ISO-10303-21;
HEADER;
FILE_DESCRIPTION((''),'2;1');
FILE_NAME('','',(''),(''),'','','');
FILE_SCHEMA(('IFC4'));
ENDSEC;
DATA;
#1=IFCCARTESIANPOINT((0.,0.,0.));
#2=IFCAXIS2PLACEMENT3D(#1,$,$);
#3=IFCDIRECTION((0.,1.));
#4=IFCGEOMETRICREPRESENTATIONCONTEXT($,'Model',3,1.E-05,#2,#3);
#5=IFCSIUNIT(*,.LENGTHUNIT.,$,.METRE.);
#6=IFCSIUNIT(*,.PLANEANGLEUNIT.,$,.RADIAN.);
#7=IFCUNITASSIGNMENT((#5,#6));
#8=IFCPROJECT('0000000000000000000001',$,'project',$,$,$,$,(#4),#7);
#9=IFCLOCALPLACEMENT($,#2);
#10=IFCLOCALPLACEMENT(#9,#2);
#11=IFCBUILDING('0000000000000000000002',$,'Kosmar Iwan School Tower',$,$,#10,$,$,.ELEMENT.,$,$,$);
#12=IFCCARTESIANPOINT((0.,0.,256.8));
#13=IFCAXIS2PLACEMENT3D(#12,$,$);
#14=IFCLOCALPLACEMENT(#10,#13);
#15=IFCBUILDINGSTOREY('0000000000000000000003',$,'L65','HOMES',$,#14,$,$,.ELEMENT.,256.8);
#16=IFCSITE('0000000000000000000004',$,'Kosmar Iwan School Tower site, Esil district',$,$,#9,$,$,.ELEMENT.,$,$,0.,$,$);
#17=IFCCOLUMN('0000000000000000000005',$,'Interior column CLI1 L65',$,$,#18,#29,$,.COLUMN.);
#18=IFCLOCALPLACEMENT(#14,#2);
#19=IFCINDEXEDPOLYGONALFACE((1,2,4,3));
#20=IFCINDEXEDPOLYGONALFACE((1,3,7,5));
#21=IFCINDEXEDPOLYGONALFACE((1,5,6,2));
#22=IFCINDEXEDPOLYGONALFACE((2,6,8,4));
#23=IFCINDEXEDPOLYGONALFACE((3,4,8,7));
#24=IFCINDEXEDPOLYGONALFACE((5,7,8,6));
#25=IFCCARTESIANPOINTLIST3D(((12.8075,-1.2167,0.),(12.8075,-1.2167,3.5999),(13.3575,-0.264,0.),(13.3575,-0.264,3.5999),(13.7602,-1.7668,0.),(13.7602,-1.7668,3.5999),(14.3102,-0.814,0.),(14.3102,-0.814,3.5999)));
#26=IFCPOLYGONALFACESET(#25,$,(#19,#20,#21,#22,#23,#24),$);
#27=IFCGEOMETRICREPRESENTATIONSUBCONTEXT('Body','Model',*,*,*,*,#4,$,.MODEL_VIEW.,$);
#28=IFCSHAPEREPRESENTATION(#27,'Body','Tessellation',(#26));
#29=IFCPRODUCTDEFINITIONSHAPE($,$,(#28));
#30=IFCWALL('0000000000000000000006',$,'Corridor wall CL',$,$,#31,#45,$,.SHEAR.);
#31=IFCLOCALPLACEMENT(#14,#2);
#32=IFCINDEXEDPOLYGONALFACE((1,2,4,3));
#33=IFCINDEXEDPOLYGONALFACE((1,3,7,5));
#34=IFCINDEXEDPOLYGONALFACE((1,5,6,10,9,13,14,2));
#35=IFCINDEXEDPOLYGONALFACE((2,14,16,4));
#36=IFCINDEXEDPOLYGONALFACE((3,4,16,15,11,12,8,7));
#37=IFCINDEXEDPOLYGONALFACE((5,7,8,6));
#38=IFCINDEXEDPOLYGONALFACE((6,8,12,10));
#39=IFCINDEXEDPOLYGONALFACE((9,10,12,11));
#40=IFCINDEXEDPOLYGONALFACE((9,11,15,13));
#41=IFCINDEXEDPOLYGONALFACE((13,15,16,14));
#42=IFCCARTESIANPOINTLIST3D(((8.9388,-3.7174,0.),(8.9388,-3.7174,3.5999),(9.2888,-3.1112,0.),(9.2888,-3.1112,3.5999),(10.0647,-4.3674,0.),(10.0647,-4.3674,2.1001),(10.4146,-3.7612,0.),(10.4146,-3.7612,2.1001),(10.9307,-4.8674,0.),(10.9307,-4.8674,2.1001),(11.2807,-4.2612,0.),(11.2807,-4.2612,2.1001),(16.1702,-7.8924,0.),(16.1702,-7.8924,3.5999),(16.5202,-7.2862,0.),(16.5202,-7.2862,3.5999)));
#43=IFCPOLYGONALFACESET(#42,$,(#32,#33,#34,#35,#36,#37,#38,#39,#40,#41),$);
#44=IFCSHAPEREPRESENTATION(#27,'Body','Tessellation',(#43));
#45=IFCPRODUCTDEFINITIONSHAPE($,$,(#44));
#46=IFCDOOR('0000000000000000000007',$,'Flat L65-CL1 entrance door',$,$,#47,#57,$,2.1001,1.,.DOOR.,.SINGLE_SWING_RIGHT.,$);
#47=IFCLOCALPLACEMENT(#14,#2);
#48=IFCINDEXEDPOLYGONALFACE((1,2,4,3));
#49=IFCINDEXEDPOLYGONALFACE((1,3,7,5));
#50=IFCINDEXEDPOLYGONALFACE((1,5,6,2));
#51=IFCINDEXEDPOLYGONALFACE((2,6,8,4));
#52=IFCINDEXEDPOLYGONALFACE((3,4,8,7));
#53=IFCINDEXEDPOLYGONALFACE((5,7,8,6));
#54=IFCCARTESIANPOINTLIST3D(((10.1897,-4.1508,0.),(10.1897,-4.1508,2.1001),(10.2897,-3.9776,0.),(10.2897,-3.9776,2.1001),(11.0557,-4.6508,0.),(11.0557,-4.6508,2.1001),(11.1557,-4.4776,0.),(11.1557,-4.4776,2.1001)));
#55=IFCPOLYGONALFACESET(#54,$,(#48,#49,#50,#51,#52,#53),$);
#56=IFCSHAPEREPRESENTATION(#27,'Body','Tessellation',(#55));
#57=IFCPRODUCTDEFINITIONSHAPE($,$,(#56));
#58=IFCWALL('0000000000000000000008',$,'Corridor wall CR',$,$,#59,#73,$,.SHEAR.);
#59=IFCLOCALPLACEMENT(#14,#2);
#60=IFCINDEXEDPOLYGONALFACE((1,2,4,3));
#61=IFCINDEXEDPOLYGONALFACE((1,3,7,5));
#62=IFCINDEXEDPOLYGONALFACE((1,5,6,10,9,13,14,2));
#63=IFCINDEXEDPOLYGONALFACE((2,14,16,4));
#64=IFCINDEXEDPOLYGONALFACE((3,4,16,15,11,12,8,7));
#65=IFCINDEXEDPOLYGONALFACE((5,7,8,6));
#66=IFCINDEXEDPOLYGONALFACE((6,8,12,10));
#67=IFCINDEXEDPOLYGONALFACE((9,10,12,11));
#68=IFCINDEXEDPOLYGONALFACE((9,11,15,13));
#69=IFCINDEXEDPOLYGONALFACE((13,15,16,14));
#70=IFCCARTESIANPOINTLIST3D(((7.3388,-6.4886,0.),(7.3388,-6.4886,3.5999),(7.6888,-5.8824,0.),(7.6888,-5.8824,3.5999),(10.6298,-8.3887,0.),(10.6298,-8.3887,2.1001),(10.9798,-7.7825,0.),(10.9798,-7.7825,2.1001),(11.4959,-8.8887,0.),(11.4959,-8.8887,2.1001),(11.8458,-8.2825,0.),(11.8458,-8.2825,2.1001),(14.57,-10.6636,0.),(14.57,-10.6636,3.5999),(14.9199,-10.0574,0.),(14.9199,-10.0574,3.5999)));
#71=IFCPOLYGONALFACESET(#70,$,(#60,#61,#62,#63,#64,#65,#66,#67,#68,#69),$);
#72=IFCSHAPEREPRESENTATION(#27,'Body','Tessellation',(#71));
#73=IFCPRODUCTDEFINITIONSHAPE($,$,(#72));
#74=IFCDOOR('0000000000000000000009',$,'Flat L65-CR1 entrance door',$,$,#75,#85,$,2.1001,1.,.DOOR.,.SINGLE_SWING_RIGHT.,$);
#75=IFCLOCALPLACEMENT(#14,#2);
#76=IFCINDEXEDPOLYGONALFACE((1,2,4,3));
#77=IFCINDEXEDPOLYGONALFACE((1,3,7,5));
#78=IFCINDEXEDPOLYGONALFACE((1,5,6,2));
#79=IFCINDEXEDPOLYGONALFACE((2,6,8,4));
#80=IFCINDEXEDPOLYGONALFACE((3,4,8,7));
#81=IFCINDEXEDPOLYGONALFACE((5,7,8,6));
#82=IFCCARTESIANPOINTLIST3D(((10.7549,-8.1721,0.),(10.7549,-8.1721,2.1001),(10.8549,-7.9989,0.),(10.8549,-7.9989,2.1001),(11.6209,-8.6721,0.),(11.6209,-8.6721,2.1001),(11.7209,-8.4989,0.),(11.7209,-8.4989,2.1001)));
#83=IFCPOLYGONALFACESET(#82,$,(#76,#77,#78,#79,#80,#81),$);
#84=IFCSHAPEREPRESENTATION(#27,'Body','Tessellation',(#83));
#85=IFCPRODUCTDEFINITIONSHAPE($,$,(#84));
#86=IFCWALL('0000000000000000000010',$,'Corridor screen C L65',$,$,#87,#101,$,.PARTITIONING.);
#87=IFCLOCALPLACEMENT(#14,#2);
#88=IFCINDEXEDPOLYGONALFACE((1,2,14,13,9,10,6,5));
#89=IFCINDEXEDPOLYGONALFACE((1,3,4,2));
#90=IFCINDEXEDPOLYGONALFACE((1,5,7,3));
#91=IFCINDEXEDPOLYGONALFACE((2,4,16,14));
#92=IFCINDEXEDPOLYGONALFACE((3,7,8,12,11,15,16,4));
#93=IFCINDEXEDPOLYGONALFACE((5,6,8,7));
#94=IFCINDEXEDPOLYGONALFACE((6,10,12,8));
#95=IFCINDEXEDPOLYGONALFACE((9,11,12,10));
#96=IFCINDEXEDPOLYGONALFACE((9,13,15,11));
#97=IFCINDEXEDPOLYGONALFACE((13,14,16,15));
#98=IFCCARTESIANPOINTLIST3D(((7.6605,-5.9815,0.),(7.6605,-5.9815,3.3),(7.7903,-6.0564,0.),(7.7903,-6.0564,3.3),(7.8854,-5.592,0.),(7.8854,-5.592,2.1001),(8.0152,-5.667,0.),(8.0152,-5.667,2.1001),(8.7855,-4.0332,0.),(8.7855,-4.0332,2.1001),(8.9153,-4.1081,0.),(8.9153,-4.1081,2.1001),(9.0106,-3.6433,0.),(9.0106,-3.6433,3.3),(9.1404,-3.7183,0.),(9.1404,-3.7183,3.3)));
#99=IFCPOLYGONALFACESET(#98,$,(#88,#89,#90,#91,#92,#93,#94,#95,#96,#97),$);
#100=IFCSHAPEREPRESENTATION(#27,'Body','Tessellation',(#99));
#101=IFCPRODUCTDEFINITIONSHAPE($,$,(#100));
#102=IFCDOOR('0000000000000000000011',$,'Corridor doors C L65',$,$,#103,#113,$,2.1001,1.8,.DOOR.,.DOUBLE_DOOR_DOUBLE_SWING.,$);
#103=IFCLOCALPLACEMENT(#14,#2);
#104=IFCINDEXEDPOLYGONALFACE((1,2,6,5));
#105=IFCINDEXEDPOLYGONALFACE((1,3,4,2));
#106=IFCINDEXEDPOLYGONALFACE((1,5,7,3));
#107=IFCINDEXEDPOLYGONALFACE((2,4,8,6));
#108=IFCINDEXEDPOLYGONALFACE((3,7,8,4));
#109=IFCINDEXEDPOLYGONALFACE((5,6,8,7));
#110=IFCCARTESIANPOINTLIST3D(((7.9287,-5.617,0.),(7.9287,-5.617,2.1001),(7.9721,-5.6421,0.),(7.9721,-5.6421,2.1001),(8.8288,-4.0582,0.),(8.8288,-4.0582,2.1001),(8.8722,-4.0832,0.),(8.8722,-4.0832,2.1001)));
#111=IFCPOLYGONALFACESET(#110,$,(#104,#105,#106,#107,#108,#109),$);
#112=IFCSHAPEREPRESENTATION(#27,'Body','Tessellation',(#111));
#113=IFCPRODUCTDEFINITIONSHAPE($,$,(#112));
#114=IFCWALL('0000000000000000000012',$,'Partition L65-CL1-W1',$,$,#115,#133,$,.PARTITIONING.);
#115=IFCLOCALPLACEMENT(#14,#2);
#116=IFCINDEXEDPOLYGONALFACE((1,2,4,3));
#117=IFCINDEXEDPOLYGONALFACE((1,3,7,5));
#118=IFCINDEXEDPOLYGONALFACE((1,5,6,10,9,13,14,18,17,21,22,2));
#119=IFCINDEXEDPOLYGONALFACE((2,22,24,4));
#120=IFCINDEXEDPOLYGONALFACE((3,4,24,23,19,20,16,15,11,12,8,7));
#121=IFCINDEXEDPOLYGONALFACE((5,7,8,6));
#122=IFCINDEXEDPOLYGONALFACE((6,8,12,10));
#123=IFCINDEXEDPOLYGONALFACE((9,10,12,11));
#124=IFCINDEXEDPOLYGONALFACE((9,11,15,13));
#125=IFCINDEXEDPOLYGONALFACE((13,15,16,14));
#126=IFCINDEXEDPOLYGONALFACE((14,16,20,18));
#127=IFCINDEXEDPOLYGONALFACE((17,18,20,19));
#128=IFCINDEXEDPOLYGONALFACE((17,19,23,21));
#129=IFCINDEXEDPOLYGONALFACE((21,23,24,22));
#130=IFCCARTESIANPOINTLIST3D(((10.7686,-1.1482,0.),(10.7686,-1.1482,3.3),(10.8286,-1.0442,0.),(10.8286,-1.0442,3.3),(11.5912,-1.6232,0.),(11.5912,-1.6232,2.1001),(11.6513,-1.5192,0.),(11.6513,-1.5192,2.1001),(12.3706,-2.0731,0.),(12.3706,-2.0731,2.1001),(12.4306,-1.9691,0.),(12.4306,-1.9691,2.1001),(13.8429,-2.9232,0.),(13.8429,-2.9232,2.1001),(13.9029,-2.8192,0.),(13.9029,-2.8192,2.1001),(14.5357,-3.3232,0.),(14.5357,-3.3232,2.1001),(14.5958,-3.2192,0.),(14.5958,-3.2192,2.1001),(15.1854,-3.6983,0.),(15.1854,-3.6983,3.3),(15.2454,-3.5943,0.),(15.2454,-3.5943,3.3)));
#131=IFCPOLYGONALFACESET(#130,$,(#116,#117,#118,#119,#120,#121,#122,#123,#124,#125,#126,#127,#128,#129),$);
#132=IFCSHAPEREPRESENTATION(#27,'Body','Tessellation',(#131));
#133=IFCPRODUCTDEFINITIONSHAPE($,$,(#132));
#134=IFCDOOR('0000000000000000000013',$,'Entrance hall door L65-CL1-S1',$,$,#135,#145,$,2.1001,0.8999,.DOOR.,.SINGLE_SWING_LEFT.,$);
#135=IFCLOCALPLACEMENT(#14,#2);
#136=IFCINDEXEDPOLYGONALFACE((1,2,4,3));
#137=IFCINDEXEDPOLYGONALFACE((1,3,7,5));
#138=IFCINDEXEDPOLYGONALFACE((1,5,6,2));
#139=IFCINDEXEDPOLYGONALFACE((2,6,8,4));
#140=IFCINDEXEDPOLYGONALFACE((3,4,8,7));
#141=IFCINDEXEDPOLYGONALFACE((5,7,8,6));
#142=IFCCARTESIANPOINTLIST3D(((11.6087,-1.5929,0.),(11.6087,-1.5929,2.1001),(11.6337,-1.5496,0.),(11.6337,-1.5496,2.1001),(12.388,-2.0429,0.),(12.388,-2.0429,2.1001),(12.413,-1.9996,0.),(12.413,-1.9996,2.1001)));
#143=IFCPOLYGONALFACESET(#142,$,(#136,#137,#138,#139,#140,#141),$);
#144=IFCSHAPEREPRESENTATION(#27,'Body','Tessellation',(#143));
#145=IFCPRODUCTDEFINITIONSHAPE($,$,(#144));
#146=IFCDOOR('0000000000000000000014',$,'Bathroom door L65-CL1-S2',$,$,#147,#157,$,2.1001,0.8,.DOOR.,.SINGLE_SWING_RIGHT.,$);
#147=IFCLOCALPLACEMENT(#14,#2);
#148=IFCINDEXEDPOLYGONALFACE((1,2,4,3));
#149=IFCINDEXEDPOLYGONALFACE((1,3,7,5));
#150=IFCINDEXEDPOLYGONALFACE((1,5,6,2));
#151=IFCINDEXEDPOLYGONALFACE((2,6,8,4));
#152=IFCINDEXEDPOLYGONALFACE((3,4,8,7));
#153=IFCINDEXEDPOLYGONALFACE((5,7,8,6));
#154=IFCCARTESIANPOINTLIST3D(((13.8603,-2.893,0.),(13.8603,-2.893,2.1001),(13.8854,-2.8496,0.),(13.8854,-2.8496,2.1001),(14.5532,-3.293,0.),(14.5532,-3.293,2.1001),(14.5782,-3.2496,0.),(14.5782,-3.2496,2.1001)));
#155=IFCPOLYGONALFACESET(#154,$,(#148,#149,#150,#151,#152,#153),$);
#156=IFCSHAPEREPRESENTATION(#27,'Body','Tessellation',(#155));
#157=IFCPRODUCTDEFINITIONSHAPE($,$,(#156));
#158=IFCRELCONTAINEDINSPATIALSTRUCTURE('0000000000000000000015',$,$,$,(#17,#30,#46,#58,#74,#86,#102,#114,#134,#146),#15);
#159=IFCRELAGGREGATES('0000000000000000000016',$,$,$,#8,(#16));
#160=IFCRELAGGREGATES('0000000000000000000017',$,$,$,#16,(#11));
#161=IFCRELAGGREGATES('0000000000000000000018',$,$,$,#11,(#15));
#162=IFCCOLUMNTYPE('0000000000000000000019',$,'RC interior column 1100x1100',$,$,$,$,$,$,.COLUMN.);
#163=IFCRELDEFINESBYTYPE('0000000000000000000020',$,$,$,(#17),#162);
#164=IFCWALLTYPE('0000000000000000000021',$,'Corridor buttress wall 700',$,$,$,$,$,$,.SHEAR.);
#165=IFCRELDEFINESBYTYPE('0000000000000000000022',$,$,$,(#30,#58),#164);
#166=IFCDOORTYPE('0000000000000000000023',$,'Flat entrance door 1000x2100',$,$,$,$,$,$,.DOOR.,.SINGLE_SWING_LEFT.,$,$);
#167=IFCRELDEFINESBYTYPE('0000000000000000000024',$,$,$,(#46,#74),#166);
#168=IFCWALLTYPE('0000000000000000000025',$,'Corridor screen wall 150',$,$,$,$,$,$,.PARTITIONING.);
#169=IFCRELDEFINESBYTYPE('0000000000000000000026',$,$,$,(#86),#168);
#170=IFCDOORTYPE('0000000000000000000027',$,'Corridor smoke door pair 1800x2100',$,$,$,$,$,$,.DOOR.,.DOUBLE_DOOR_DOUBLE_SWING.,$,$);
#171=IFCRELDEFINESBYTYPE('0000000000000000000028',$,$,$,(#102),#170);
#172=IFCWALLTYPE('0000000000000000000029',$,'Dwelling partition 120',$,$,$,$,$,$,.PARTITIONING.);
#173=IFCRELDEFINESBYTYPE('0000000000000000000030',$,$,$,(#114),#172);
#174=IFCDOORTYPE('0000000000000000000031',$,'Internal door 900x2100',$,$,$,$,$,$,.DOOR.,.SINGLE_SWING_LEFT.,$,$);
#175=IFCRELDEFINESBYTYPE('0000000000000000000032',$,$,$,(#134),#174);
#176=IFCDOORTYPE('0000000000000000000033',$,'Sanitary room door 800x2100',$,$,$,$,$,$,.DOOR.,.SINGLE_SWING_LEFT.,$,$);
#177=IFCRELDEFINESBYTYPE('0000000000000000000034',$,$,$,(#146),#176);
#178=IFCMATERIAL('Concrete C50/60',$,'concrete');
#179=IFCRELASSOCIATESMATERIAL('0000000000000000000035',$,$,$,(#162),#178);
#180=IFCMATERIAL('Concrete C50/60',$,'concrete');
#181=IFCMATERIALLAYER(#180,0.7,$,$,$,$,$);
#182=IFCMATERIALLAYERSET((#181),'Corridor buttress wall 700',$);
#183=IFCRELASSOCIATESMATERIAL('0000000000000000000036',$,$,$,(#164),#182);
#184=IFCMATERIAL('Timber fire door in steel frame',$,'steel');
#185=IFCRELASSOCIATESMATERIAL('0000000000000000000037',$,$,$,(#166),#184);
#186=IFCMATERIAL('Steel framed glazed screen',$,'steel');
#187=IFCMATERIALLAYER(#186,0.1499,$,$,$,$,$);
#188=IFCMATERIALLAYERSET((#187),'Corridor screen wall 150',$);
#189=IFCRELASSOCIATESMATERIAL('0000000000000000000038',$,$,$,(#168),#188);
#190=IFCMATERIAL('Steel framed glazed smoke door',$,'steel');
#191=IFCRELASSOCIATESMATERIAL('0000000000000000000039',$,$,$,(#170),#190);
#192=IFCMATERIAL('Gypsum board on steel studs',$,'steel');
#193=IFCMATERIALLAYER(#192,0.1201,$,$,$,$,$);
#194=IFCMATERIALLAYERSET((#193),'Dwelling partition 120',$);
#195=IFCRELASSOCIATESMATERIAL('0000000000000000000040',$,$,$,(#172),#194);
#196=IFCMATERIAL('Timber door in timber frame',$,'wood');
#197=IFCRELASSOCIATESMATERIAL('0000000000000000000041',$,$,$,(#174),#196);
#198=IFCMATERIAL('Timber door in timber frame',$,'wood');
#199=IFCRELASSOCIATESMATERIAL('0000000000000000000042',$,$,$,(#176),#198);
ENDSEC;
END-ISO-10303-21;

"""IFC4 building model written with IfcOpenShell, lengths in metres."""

from ifc_helpers import new_model, si_unit, direction, frame, frame_2d, origin, origin_2d, place, context, subcontext, project, spatial, rectangle, extrude, material, layer, layer_set, material_profile, profile_set, type_object, element, fill, save


model = new_model("IFC4")

# Units and contexts
model_context = context("Model", 3, precision=1e-05, world=origin(), true_north=direction((0.0, 1.0)))
body_context = subcontext(model_context, "Body", "Model", "MODEL_VIEW")
ifc_project = project(units=[si_unit("LENGTHUNIT", "METRE"), si_unit("PLANEANGLEUNIT", "RADIAN")], contexts=[model_context])

# Site, building, storey
site_placement = place(None, origin())
site = spatial("IfcSite", under=ifc_project, at=site_placement, Name="Kosmar Iwan School Tower site, Esil district", CompositionType="ELEMENT", RefElevation=0.0)
building_placement = place(site_placement, origin())
building = spatial("IfcBuilding", under=site, at=building_placement, Name="Kosmar Iwan School Tower", CompositionType="ELEMENT")
storey_placement = place(building_placement, frame((0.0, 0.0, 256.8)))
storey = spatial("IfcBuildingStorey", under=building, at=storey_placement, Name="L65", Description="HOMES", CompositionType="ELEMENT", Elevation=256.8)

# Column
ifc_material_1 = material(Name="Concrete C50/60", Category="concrete")
ifc_material_profile = material_profile(ifc_material_1, rectangle(XDim=1.1001, YDim=1.1001, at=origin_2d()), Name="RC 1100x1100")
ifc_profile_set = profile_set([ifc_material_profile], Name="Concrete C50/60")
column_type = type_object("IfcColumnType", Name="RC interior column 1100x1100", PredefinedType="COLUMN", material=ifc_profile_set)
column_placement = place(storey_placement, frame((13.5588, -1.0154, 0.0), z_axis=(0.0, 0.0, 1.0), x_axis=(0.866025, -0.5, 0.0)))
element("IfcColumn", 1, at=column_placement, inside=storey, type_object=column_type, Name="Interior column CLI1 L65", PredefinedType="COLUMN", context=body_context, shape_type="SweptSolid", body=[
    extrude(rectangle(XDim=1.1001, YDim=1.1001, at=origin_2d()), origin(), (0.0, 0.0, 1.0), 3.5999),
])

# Walls, openings, doors
ifc_material_2 = material(Name="Concrete C50/60", Category="concrete")
ifc_layer_1 = layer(ifc_material_2, 0.7)
ifc_layer_set_1 = layer_set([ifc_layer_1], Name="Corridor buttress wall 700")
wall_type_1 = type_object("IfcWallType", Name="Corridor buttress wall 700", PredefinedType="SHEAR", material=ifc_layer_set_1)
wall_1_placement = place(storey_placement, frame((9.1138, -3.4143, 0.0), z_axis=(0.0, 0.0, 1.0), x_axis=(0.866027, -0.499997, 0.0)))
wall_1 = element("IfcWall", 2, at=wall_1_placement, inside=storey, type_object=wall_type_1, Name="Corridor wall CL", PredefinedType="SHEAR", context=body_context, shape_type="SweptSolid", body=[
    extrude(rectangle(XDim=8.3501, YDim=0.7, at=frame_2d((4.175, 0.0))), origin(), (0.0, 0.0, 1.0), 3.5999),
])
opening_1_placement = place(wall_1_placement, frame((1.3, 0.0, 0.0)))
opening_1 = element("IfcOpeningElement", 3, at=opening_1_placement, cuts=wall_1, PredefinedType="OPENING", context=body_context, shape_type="SweptSolid", body=[
    extrude(rectangle(XDim=1.0, YDim=2.1001, at=frame_2d((0.5, 1.05))), frame((0.0, 0.3621, 0.0), z_axis=(0.0, -1.0, 0.0), x_axis=(1.0, 0.0, 0.0)), (0.0, 0.0, 1.0), 0.7239),
])
ifc_material_3 = material(Name="Timber fire door in steel frame", Category="steel")
door_type_1 = type_object("IfcDoorType", Name="Flat entrance door 1000x2100", OperationType="SINGLE_SWING_LEFT", PredefinedType="DOOR", material=ifc_material_3)
door_1_placement = place(opening_1_placement, origin())
door_1 = element("IfcDoor", 4, at=door_1_placement, inside=storey, type_object=door_type_1, Name="Flat L65-CL1 entrance door", OperationType="SINGLE_SWING_RIGHT", OverallHeight=2.1001, OverallWidth=1.0, PredefinedType="DOOR", context=body_context, shape_type="SweptSolid", body=[
    extrude(rectangle(XDim=1.0, YDim=2.1001, at=frame_2d((0.5, 1.05))), frame((0.0, 0.1001, 0.0), z_axis=(0.0, -1.0, 0.0), x_axis=(1.0, 0.0, 0.0)), (0.0, 0.0, 1.0), 0.2),
])
fill(opening_1, door_1)
wall_2_placement = place(storey_placement, frame((7.5139, -6.1855, 0.0), z_axis=(0.0, 0.0, 1.0), x_axis=(0.86602, -0.50001, 0.0)))
wall_2 = element("IfcWall", 5, at=wall_2_placement, inside=storey, type_object=wall_type_1, Name="Corridor wall CR", PredefinedType="SHEAR", context=body_context, shape_type="SweptSolid", body=[
    extrude(rectangle(XDim=8.3499, YDim=0.7, at=frame_2d((4.1748, 0.0))), origin(), (0.0, 0.0, 1.0), 3.5999),
])
opening_2_placement = place(wall_2_placement, frame((3.8, 0.0, 0.0)))
opening_2 = element("IfcOpeningElement", 6, at=opening_2_placement, cuts=wall_2, PredefinedType="OPENING", context=body_context, shape_type="SweptSolid", body=[
    extrude(rectangle(XDim=1.0, YDim=2.1001, at=frame_2d((0.5, 1.05))), frame((0.0, 0.3621, 0.0), z_axis=(0.0, -1.0, 0.0), x_axis=(1.0, 0.0, 0.0)), (0.0, 0.0, 1.0), 0.7239),
])
door_2_placement = place(opening_2_placement, origin())
door_2 = element("IfcDoor", 7, at=door_2_placement, inside=storey, type_object=door_type_1, Name="Flat L65-CR1 entrance door", OperationType="SINGLE_SWING_RIGHT", OverallHeight=2.1001, OverallWidth=1.0, PredefinedType="DOOR", context=body_context, shape_type="SweptSolid", body=[
    extrude(rectangle(XDim=1.0, YDim=2.1001, at=frame_2d((0.5, 1.05))), frame((0.0, 0.1001, 0.0), z_axis=(0.0, -1.0, 0.0), x_axis=(1.0, 0.0, 0.0)), (0.0, 0.0, 1.0), 0.2),
])
fill(opening_2, door_2)
ifc_material_4 = material(Name="Steel framed glazed screen", Category="steel")
ifc_layer_2 = layer(ifc_material_4, 0.1499)
ifc_layer_set_2 = layer_set([ifc_layer_2], Name="Corridor screen wall 150")
wall_type_2 = type_object("IfcWallType", Name="Corridor screen wall 150", PredefinedType="PARTITIONING", material=ifc_layer_set_2)
wall_3_placement = place(storey_placement, frame((7.7253, -6.019, 0.0), z_axis=(0.0, 0.0, 1.0), x_axis=(0.500049, 0.865997, 0.0)))
wall_3 = element("IfcWall", 8, at=wall_3_placement, inside=storey, type_object=wall_type_2, Name="Corridor screen C L65", PredefinedType="PARTITIONING", context=body_context, shape_type="SweptSolid", body=[
    extrude(rectangle(XDim=2.7, YDim=0.1499, at=frame_2d((1.3501, 0.0))), origin(), (0.0, 0.0, 1.0), 3.3),
])
opening_3_placement = place(wall_3_placement, frame((0.45, 0.0, 0.0)))
opening_3 = element("IfcOpeningElement", 9, at=opening_3_placement, cuts=wall_3, PredefinedType="OPENING", context=body_context, shape_type="SweptSolid", body=[
    extrude(rectangle(XDim=1.8, YDim=2.1001, at=frame_2d((0.8999, 1.05))), frame((0.0, 0.0869, 0.0), z_axis=(0.0, -1.0, 0.0), x_axis=(1.0, 0.0, 0.0)), (0.0, 0.0, 1.0), 0.1738),
])
ifc_material_5 = material(Name="Steel framed glazed smoke door", Category="steel")
door_type_2 = type_object("IfcDoorType", Name="Corridor smoke door pair 1800x2100", OperationType="DOUBLE_DOOR_DOUBLE_SWING", PredefinedType="DOOR", material=ifc_material_5)
door_3_placement = place(opening_3_placement, origin())
door_3 = element("IfcDoor", 10, at=door_3_placement, inside=storey, type_object=door_type_2, Name="Corridor doors C L65", OperationType="DOUBLE_DOOR_DOUBLE_SWING", OverallHeight=2.1001, OverallWidth=1.8, PredefinedType="DOOR", context=body_context, shape_type="SweptSolid", body=[
    extrude(rectangle(XDim=1.8, YDim=2.1001, at=frame_2d((0.8999, 1.05))), frame((0.0, 0.0249, 0.0), z_axis=(0.0, -1.0, 0.0), x_axis=(1.0, 0.0, 0.0)), (0.0, 0.0, 1.0), 0.05),
])
fill(opening_3, door_3)

# Wall, openings, doors
ifc_material_6 = material(Name="Gypsum board on steel studs", Category="steel")
ifc_layer_3 = layer(ifc_material_6, 0.1201)
ifc_layer_set_3 = layer_set([ifc_layer_3], Name="Dwelling partition 120")
wall_type_3 = type_object("IfcWallType", Name="Dwelling partition 120", PredefinedType="PARTITIONING", material=ifc_layer_set_3)
wall_4_placement = place(storey_placement, frame((10.7986, -1.0962, 0.0), z_axis=(0.0, 0.0, 1.0), x_axis=(0.866022, -0.500006, 0.0)))
wall_4 = element("IfcWall", 11, at=wall_4_placement, inside=storey, type_object=wall_type_3, Name="Partition L65-CL1-W1", PredefinedType="PARTITIONING", context=body_context, shape_type="SweptSolid", body=[
    extrude(rectangle(XDim=5.1001, YDim=0.1201, at=frame_2d((2.55, 0.0))), origin(), (0.0, 0.0, 1.0), 3.3),
])
opening_4_placement = place(wall_4_placement, frame((0.95, 0.0, 0.0)))
opening_4 = element("IfcOpeningElement", 12, at=opening_4_placement, cuts=wall_4, PredefinedType="OPENING", context=body_context, shape_type="SweptSolid", body=[
    extrude(rectangle(XDim=0.8999, YDim=2.1001, at=frame_2d((0.45, 1.05))), frame((0.0, 0.072, 0.0), z_axis=(0.0, -1.0, 0.0), x_axis=(1.0, 0.0, 0.0)), (0.0, 0.0, 1.0), 0.144),
])
opening_5_placement = place(wall_4_placement, frame((3.55, 0.0, 0.0)))
opening_5 = element("IfcOpeningElement", 13, at=opening_5_placement, cuts=wall_4, PredefinedType="OPENING", context=body_context, shape_type="SweptSolid", body=[
    extrude(rectangle(XDim=0.8, YDim=2.1001, at=frame_2d((0.3999, 1.05))), frame((0.0, 0.072, 0.0), z_axis=(0.0, -1.0, 0.0), x_axis=(1.0, 0.0, 0.0)), (0.0, 0.0, 1.0), 0.144),
])
ifc_material_7 = material(Name="Timber door in timber frame", Category="wood")
door_type_3 = type_object("IfcDoorType", Name="Internal door 900x2100", OperationType="SINGLE_SWING_LEFT", PredefinedType="DOOR", material=ifc_material_7)
door_4_placement = place(opening_4_placement, origin())
door_4 = element("IfcDoor", 14, at=door_4_placement, inside=storey, type_object=door_type_3, Name="Entrance hall door L65-CL1-S1", OperationType="SINGLE_SWING_LEFT", OverallHeight=2.1001, OverallWidth=0.8999, PredefinedType="DOOR", context=body_context, shape_type="SweptSolid", body=[
    extrude(rectangle(XDim=0.8999, YDim=2.1001, at=frame_2d((0.45, 1.05))), frame((0.0, 0.0249, 0.0), z_axis=(0.0, -1.0, 0.0), x_axis=(1.0, 0.0, 0.0)), (0.0, 0.0, 1.0), 0.05),
])
fill(opening_4, door_4)
ifc_material_8 = material(Name="Timber door in timber frame", Category="wood")
door_type_4 = type_object("IfcDoorType", Name="Sanitary room door 800x2100", OperationType="SINGLE_SWING_LEFT", PredefinedType="DOOR", material=ifc_material_8)
door_5_placement = place(opening_5_placement, origin())
door_5 = element("IfcDoor", 15, at=door_5_placement, inside=storey, type_object=door_type_4, Name="Bathroom door L65-CL1-S2", OperationType="SINGLE_SWING_RIGHT", OverallHeight=2.1001, OverallWidth=0.8, PredefinedType="DOOR", context=body_context, shape_type="SweptSolid", body=[
    extrude(rectangle(XDim=0.8, YDim=2.1001, at=frame_2d((0.3999, 1.05))), frame((0.0, 0.0249, 0.0), z_axis=(0.0, -1.0, 0.0), x_axis=(1.0, 0.0, 0.0)), (0.0, 0.0, 1.0), 0.05),
])
fill(opening_5, door_5)

save(model, "model.ifc")
